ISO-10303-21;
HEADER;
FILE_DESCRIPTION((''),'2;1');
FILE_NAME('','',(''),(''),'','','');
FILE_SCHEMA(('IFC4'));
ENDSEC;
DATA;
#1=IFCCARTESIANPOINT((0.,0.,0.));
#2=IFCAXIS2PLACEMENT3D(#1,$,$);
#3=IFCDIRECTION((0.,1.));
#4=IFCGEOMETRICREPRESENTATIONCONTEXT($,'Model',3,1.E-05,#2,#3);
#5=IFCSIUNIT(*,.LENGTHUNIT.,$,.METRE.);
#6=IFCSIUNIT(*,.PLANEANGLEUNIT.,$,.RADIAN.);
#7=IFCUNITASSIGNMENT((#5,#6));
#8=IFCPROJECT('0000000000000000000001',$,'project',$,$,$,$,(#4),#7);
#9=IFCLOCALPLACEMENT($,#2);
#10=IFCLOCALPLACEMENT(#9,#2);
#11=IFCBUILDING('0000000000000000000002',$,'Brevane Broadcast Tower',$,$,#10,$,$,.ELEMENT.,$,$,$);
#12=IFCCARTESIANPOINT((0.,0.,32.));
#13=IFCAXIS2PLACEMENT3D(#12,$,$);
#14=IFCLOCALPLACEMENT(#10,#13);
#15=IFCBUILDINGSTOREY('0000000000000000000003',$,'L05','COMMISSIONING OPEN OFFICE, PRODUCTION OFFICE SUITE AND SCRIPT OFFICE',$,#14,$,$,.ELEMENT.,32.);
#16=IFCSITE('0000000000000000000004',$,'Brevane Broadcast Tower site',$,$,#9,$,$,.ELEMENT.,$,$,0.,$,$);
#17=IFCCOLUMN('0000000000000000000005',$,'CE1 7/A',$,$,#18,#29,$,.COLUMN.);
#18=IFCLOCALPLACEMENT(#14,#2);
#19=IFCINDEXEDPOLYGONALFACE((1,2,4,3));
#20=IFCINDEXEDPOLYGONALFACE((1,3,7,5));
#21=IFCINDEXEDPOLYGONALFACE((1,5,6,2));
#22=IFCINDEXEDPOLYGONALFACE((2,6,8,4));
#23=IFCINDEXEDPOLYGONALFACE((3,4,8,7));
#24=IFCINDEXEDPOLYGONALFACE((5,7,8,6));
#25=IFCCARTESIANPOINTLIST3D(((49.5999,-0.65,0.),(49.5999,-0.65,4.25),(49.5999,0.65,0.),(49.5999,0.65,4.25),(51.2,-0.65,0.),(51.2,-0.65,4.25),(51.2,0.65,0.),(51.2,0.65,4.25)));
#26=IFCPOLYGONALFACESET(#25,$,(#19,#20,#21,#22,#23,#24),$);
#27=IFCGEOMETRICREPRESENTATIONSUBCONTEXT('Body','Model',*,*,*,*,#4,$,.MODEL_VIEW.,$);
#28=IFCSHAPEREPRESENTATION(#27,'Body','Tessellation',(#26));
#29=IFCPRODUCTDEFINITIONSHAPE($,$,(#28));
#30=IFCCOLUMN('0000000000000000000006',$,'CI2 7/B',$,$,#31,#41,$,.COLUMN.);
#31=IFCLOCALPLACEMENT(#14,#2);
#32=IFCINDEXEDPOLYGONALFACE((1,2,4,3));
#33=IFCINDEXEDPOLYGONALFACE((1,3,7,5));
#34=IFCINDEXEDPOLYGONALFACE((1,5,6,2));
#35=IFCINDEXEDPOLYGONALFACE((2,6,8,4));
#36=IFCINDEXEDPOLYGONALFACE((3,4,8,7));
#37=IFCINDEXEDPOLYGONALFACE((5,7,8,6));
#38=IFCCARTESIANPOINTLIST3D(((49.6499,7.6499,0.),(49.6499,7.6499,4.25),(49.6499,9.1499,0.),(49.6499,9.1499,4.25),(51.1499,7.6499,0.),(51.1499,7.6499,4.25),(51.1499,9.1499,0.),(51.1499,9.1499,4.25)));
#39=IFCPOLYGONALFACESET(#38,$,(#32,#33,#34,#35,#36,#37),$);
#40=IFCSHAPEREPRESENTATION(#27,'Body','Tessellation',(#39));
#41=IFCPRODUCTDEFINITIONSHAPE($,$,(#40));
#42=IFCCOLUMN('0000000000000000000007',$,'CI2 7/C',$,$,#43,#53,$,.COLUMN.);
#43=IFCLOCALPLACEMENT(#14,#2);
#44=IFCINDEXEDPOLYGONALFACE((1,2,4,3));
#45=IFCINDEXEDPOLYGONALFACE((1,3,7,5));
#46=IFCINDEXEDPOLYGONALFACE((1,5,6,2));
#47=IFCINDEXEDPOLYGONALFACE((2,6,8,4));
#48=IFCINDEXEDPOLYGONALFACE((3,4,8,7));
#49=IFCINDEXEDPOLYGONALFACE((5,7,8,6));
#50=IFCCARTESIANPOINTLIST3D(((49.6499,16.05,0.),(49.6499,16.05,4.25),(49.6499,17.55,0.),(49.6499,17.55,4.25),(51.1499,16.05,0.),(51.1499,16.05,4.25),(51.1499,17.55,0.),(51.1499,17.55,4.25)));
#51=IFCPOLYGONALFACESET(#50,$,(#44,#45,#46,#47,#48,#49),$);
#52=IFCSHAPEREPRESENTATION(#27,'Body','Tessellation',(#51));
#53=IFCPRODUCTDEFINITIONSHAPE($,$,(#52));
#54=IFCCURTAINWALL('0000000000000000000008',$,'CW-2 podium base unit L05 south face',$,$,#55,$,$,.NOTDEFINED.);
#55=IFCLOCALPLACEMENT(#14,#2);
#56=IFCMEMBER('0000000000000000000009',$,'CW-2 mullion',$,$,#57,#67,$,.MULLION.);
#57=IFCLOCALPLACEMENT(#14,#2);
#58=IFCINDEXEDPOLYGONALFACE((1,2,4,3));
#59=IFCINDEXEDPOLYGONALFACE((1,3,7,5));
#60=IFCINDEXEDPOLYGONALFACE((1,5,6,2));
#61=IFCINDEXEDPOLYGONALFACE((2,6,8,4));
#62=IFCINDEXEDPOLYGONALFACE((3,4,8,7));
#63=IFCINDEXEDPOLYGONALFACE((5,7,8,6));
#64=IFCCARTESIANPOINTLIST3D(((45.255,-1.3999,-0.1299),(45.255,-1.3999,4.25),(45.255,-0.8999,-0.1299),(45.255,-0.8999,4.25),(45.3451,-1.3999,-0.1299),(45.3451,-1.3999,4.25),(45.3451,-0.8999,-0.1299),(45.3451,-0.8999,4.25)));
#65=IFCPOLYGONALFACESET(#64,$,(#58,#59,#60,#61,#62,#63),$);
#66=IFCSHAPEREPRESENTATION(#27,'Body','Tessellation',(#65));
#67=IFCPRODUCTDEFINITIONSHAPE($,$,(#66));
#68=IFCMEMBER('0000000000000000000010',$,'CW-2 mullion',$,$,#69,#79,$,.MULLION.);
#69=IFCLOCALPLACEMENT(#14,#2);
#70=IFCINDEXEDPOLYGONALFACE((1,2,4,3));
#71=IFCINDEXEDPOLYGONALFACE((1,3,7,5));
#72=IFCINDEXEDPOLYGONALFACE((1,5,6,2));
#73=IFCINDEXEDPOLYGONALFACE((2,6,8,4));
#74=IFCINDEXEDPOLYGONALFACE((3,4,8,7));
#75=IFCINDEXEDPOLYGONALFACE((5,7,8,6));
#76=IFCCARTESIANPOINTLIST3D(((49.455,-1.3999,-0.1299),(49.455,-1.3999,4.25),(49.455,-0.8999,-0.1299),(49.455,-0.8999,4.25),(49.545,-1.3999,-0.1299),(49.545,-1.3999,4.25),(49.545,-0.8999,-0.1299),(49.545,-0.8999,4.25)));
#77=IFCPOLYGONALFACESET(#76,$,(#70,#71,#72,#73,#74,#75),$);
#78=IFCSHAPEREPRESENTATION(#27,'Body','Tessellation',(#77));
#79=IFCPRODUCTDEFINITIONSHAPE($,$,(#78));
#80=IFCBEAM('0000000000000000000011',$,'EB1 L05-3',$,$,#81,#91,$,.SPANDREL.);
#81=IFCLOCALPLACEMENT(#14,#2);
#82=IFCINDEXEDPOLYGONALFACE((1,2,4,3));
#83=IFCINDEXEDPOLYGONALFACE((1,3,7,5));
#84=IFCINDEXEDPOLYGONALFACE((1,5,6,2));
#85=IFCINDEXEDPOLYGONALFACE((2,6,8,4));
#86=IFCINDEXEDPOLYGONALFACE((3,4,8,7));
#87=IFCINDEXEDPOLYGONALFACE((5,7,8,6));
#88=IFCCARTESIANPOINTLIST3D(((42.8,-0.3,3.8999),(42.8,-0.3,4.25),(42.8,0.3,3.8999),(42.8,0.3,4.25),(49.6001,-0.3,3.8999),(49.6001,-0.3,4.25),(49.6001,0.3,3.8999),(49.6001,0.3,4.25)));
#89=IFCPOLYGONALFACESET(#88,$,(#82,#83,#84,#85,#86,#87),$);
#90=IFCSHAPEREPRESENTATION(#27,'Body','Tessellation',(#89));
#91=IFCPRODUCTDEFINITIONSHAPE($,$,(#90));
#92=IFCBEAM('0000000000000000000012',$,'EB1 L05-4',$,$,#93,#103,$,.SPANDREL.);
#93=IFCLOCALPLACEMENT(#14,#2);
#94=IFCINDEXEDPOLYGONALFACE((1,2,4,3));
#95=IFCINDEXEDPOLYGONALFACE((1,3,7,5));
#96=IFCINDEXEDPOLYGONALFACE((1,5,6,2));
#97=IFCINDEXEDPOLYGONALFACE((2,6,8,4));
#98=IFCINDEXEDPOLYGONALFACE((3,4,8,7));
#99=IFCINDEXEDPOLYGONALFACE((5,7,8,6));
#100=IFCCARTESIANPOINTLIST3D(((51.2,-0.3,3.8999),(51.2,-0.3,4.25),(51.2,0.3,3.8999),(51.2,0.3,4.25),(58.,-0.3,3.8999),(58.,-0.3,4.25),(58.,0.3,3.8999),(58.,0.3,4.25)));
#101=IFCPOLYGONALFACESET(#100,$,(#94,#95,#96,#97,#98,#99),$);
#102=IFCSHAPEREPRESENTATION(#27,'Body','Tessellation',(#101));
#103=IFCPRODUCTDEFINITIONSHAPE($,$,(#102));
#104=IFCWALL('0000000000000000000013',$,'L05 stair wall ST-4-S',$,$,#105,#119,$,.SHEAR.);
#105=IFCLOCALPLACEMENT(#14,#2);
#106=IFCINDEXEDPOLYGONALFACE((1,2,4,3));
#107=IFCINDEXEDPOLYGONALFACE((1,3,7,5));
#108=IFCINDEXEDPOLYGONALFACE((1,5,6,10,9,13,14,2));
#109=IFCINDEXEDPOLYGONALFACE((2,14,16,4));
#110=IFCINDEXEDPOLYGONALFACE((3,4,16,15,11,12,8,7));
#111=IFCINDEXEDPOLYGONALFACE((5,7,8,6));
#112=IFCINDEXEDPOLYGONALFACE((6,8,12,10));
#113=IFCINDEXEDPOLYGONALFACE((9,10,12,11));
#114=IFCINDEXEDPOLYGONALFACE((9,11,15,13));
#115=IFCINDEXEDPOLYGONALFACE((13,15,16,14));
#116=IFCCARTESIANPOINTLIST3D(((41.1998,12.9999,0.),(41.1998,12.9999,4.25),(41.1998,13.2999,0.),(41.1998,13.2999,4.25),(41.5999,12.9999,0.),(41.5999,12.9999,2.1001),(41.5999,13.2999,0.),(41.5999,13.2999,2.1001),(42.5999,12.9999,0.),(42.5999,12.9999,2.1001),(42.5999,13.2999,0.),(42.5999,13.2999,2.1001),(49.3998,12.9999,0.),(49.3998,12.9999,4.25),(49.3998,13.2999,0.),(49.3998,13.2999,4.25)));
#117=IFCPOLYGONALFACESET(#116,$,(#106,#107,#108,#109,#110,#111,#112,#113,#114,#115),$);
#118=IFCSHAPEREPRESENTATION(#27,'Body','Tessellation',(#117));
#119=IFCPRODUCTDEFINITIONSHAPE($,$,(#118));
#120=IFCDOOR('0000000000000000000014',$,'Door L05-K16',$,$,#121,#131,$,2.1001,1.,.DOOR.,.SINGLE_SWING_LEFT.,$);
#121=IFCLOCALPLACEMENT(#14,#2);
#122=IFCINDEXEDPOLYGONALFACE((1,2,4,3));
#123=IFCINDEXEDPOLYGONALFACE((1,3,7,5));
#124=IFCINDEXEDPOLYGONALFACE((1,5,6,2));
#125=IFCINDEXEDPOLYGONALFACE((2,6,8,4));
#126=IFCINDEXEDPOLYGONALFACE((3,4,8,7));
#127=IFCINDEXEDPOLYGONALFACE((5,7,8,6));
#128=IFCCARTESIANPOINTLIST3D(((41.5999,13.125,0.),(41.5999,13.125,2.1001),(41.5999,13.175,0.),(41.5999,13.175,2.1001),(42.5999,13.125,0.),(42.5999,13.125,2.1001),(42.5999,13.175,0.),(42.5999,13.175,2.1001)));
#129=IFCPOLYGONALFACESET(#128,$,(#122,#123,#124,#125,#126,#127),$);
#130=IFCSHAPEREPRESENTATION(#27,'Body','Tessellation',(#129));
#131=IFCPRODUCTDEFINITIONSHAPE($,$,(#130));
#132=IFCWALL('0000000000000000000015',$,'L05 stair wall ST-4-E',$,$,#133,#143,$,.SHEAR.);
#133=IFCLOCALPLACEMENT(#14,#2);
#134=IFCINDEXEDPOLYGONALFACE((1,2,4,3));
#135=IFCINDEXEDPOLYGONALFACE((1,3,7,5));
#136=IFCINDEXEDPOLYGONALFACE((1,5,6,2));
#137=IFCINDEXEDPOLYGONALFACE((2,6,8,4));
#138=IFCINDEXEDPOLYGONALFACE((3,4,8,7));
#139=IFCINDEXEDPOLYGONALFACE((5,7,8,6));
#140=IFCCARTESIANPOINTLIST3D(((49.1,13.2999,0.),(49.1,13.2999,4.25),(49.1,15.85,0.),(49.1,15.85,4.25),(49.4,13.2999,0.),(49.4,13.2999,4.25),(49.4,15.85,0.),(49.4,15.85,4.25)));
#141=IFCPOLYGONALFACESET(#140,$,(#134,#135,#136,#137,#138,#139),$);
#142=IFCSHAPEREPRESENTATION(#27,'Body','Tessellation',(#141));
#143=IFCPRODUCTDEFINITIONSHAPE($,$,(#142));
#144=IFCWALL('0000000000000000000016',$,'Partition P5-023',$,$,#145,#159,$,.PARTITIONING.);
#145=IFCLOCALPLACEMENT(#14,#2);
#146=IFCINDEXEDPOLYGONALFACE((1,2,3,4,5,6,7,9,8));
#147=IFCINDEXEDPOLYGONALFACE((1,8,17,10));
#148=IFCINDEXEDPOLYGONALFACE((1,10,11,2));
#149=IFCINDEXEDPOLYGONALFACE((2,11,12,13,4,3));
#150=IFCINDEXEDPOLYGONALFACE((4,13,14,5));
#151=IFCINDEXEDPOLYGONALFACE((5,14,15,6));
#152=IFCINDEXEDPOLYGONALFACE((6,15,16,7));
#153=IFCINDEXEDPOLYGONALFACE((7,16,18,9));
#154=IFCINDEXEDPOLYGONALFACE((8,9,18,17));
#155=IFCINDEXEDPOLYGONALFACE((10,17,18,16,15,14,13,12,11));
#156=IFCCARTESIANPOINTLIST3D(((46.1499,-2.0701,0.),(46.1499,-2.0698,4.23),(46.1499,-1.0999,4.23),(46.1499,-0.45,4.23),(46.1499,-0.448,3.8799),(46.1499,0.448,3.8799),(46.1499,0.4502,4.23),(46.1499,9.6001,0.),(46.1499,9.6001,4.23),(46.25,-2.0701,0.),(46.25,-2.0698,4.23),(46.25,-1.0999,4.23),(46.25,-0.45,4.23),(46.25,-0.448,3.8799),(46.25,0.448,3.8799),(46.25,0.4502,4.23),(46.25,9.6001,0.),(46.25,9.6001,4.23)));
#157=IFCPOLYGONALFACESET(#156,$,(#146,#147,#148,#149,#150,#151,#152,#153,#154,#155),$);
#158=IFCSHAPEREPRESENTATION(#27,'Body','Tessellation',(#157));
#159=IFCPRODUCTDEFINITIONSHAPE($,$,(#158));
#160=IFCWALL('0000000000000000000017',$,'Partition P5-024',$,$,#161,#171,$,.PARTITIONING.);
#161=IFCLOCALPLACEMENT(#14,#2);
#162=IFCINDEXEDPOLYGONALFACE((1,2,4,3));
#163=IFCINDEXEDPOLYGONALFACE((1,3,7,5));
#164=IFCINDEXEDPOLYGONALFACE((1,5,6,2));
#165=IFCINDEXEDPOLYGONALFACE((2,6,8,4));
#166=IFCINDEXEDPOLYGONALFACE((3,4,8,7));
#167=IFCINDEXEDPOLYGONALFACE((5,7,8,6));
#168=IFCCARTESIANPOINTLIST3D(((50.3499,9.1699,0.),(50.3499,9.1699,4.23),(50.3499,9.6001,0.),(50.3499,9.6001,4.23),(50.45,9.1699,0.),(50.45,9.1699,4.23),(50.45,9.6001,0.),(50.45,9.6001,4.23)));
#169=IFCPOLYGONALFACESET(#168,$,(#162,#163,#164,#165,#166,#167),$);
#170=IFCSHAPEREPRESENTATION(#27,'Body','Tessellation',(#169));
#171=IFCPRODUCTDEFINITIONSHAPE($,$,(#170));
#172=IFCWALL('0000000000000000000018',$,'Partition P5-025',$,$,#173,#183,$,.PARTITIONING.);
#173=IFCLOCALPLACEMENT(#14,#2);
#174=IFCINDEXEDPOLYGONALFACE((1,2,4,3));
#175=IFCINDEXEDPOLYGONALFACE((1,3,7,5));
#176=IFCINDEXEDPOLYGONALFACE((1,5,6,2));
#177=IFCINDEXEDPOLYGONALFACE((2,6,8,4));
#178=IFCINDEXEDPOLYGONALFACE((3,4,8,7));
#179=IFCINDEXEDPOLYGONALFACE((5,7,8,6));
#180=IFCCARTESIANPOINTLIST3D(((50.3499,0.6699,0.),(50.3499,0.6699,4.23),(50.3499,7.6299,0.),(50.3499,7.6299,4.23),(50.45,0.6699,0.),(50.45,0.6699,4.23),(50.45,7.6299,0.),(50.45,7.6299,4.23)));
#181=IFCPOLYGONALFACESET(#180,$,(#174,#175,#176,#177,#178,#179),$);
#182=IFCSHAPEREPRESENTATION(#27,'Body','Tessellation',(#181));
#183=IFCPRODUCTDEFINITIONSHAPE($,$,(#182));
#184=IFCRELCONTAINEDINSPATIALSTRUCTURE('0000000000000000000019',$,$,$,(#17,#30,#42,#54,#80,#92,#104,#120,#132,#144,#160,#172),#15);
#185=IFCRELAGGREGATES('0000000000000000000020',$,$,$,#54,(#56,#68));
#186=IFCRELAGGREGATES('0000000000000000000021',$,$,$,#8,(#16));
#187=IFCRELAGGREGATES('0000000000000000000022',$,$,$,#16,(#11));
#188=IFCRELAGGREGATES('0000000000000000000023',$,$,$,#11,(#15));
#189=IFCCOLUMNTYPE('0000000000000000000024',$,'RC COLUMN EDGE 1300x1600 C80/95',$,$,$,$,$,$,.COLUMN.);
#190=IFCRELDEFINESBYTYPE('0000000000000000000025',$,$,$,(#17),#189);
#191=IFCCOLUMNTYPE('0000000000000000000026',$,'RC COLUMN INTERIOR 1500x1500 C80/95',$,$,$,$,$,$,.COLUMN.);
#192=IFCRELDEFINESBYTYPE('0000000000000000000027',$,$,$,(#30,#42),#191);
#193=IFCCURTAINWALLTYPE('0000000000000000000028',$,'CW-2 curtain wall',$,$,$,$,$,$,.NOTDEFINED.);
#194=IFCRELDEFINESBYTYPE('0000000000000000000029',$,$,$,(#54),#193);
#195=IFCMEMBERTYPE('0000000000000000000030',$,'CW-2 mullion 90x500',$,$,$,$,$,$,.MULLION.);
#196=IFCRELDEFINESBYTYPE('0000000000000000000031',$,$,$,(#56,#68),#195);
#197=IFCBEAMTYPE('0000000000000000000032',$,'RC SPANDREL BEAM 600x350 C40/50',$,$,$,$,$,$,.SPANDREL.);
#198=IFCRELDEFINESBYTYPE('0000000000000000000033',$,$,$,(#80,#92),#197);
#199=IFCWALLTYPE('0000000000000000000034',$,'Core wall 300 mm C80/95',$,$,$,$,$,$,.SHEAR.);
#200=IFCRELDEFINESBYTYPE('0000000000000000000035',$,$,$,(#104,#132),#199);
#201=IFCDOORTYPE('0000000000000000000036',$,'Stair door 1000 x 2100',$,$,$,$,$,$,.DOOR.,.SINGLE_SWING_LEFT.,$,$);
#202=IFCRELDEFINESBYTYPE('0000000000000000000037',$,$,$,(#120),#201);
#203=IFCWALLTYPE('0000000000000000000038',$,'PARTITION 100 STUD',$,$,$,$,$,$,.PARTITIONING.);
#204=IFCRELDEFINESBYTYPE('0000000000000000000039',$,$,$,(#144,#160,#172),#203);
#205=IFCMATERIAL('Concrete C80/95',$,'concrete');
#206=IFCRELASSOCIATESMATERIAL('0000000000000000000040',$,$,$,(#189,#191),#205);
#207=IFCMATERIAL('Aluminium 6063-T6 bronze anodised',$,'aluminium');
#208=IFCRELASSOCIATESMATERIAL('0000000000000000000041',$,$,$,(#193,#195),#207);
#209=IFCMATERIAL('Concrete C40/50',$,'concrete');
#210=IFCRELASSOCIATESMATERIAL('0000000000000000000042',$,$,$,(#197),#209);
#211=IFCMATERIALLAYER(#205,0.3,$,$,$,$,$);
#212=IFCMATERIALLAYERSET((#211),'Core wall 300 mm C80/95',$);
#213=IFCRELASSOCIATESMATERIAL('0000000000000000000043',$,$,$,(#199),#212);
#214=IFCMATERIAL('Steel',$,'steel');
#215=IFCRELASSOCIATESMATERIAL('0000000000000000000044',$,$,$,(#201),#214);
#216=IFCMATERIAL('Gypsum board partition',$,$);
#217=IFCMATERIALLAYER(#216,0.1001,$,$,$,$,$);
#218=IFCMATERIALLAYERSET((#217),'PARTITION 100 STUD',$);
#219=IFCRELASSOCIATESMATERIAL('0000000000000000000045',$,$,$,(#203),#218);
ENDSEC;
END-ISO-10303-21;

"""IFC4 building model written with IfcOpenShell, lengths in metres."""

from ifc_helpers import new_model, si_unit, direction, frame, frame_2d, origin, origin_2d, place, context, subcontext, project, spatial, polyline, rectangle, outline, extrude, material, layer, layer_set, material_profile, profile_set, type_object, element, fill, aggregate, save


model = new_model("IFC4")

# Units and contexts
model_context = context("Model", 3, precision=1e-05, world=origin(), true_north=direction((0.0, 1.0)))
body_context = subcontext(model_context, "Body", "Model", "MODEL_VIEW")
ifc_project = project(units=[si_unit("LENGTHUNIT", "METRE"), si_unit("PLANEANGLEUNIT", "RADIAN")], contexts=[model_context])

# Site, building, storey
site_placement = place(None, origin())
site = spatial("IfcSite", under=ifc_project, at=site_placement, Name="Brevane Broadcast Tower site", CompositionType="ELEMENT", RefElevation=0.0)
building_placement = place(site_placement, origin())
building = spatial("IfcBuilding", under=site, at=building_placement, Name="Brevane Broadcast Tower", CompositionType="ELEMENT")
storey_placement = place(building_placement, frame((0.0, 0.0, 32.0)))
storey = spatial("IfcBuildingStorey", under=building, at=storey_placement, Name="L05", Description="COMMISSIONING OPEN OFFICE, PRODUCTION OFFICE SUITE AND SCRIPT OFFICE", CompositionType="ELEMENT", Elevation=32.0)

# Columns
ifc_material_1 = material(Name="Concrete C80/95", Category="concrete")
ifc_material_profile_1 = material_profile(ifc_material_1, rectangle(XDim=1.3, YDim=1.6001, at=origin_2d()), Name="RC 1300x1600")
ifc_profile_set_1 = profile_set([ifc_material_profile_1], Name="Concrete C80/95")
column_type_1 = type_object("IfcColumnType", Name="RC COLUMN EDGE 1300x1600 C80/95", PredefinedType="COLUMN", material=ifc_profile_set_1)
column_placement = place(storey_placement, frame((50.3999, 0.0, 0.0), z_axis=(0.0, 0.0, 1.0), x_axis=(0.0, 1.0, 0.0)))
element("IfcColumn", 1, at=column_placement, inside=storey, type_object=column_type_1, Name="CE1 7/A", PredefinedType="COLUMN", context=body_context, shape_type="SweptSolid", body=[
    extrude(rectangle(XDim=1.3, YDim=1.6001, at=origin_2d()), origin(), (0.0, 0.0, 1.0), 4.25),
])
ifc_material_profile_2 = material_profile(ifc_material_1, rectangle(XDim=1.5, YDim=1.5, at=origin_2d()), Name="RC 1500x1500")
ifc_profile_set_2 = profile_set([ifc_material_profile_2], Name="Concrete C80/95")
column_type_2 = type_object("IfcColumnType", Name="RC COLUMN INTERIOR 1500x1500 C80/95", PredefinedType="COLUMN", material=ifc_profile_set_2)
for number, where, z_axis, x_axis, name in (
    (2, (50.3999, 8.3999, 0.0), (0.0, 0.0, 1.0), (1.0, 0.0, 0.0), "CI2 7/B"),
    (3, (50.3999, 16.8, 0.0), (0.0, 0.0, 1.0), (1.0, 0.0, 0.0), "CI2 7/C"),
):
    element("IfcColumn", number, at=place(storey_placement, frame(where, z_axis=z_axis, x_axis=x_axis)), inside=storey, type_object=column_type_2, Name=name, PredefinedType="COLUMN", context=body_context, shape_type="SweptSolid", body=[
        extrude(rectangle(XDim=1.5, YDim=1.5, at=origin_2d()), origin(), (0.0, 0.0, 1.0), 4.25),
    ])

# Curtain wall, members
ifc_material_2 = material(Name="Aluminium 6063-T6 bronze anodised", Category="aluminium")
curtain_wall_type = type_object("IfcCurtainWallType", Name="CW-2 curtain wall", PredefinedType="NOTDEFINED", material=ifc_material_2)
curtain_wall_placement = place(storey_placement, origin())
curtain_wall = element("IfcCurtainWall", 4, at=curtain_wall_placement, inside=storey, type_object=curtain_wall_type, Name="CW-2 podium base unit L05 south face", PredefinedType="NOTDEFINED")
ifc_material_profile_3 = material_profile(ifc_material_2, rectangle(XDim=0.5, YDim=0.0901, at=origin_2d()), Name="RECT 90x500")
ifc_profile_set_3 = profile_set([ifc_material_profile_3], Name="Aluminium 6063-T6 bronze anodised")
member_type = type_object("IfcMemberType", Name="CW-2 mullion 90x500", PredefinedType="MULLION", material=ifc_profile_set_3)
member_1_placement = place(storey_placement, frame((45.3, -1.1499, -0.1299), z_axis=(0.0, 0.0, 1.0), x_axis=(0.0, 1.0, 0.0)))
member_1 = element("IfcMember", 5, at=member_1_placement, type_object=member_type, Name="CW-2 mullion", PredefinedType="MULLION", context=body_context, shape_type="SweptSolid", body=[
    extrude(rectangle(XDim=0.5, YDim=0.0901, at=origin_2d()), origin(), (0.0, 0.0, 1.0), 4.3799),
])
member_2_placement = place(storey_placement, frame((49.5, -1.1499, -0.1299), z_axis=(0.0, 0.0, 1.0), x_axis=(0.0, 1.0, 0.0)))
member_2 = element("IfcMember", 6, at=member_2_placement, type_object=member_type, Name="CW-2 mullion", PredefinedType="MULLION", context=body_context, shape_type="SweptSolid", body=[
    extrude(rectangle(XDim=0.5, YDim=0.0901, at=origin_2d()), origin(), (0.0, 0.0, 1.0), 4.3799),
])
aggregate(curtain_wall, [member_1, member_2])

# Beams
ifc_material_3 = material(Name="Concrete C40/50", Category="concrete")
ifc_material_profile_4 = material_profile(ifc_material_3, rectangle(XDim=0.6001, YDim=0.3501, at=origin_2d()), Name="RC 600x350")
ifc_profile_set_4 = profile_set([ifc_material_profile_4], Name="Concrete C40/50")
beam_type = type_object("IfcBeamType", Name="RC SPANDREL BEAM 600x350 C40/50", PredefinedType="SPANDREL", material=ifc_profile_set_4)
for number, where, z_axis, x_axis, name in (
    (7, (42.8, 0.0, 4.075), (1.0, 0.0, 0.0), (0.0, 1.0, 0.0), "EB1 L05-3"),
    (8, (51.2, 0.0, 4.075), (1.0, 0.0, 0.0), (0.0, 1.0, 0.0), "EB1 L05-4"),
):
    element("IfcBeam", number, at=place(storey_placement, frame(where, z_axis=z_axis, x_axis=x_axis)), inside=storey, type_object=beam_type, Name=name, PredefinedType="SPANDREL", context=body_context, shape_type="SweptSolid", body=[
        extrude(rectangle(XDim=0.6001, YDim=0.3501, at=origin_2d()), origin(), (0.0, 0.0, 1.0), 6.8),
    ])

# Wall, opening, door
ifc_layer_1 = layer(ifc_material_1, 0.3)
ifc_layer_set_1 = layer_set([ifc_layer_1], Name="Core wall 300 mm C80/95")
wall_type_1 = type_object("IfcWallType", Name="Core wall 300 mm C80/95", PredefinedType="SHEAR", material=ifc_layer_set_1)
wall_1_placement = place(storey_placement, frame((49.3999, 13.1499, 0.0), z_axis=(0.0, 0.0, 1.0), x_axis=(-1.0, 0.0, 0.0)))
wall_1 = element("IfcWall", 9, at=wall_1_placement, inside=storey, type_object=wall_type_1, Name="L05 stair wall ST-4-S", PredefinedType="SHEAR", context=body_context, shape_type="SweptSolid", body=[
    extrude(rectangle(XDim=8.2, YDim=0.3, at=frame_2d((4.1001, 0.0))), origin(), (0.0, 0.0, 1.0), 4.25),
])
opening_1_placement = place(wall_1_placement, frame((6.8, 0.0, 0.0)))
opening_1 = element("IfcOpeningElement", 10, at=opening_1_placement, cuts=wall_1, PredefinedType="OPENING", context=body_context, shape_type="SweptSolid", body=[
    extrude(rectangle(XDim=1.0, YDim=2.1001, at=frame_2d((0.5, 1.05))), frame((0.0, 0.1599, 0.0), z_axis=(0.0, -1.0, 0.0), x_axis=(1.0, 0.0, 0.0)), (0.0, 0.0, 1.0), 0.3201),
])
ifc_material_4 = material(Name="Steel", Category="steel")
door_type_1 = type_object("IfcDoorType", Name="Stair door 1000 x 2100", OperationType="SINGLE_SWING_LEFT", PredefinedType="DOOR", material=ifc_material_4)
door_1_placement = place(opening_1_placement, origin())
door_1 = element("IfcDoor", 11, at=door_1_placement, inside=storey, type_object=door_type_1, Name="Door L05-K16", OperationType="SINGLE_SWING_LEFT", OverallHeight=2.1001, OverallWidth=1.0, PredefinedType="DOOR", context=body_context, shape_type="SweptSolid", body=[
    extrude(rectangle(XDim=1.0, YDim=2.1001, at=frame_2d((0.5, 1.05))), frame((0.0, 0.0249, 0.0), z_axis=(0.0, -1.0, 0.0), x_axis=(1.0, 0.0, 0.0)), (0.0, 0.0, 1.0), 0.05),
])
fill(opening_1, door_1)

# Walls
wall_2_placement = place(storey_placement, frame((49.25, 13.3, 0.0), z_axis=(0.0, 0.0, 1.0), x_axis=(0.0, 1.0, 0.0)))
element("IfcWall", 12, at=wall_2_placement, inside=storey, type_object=wall_type_1, Name="L05 stair wall ST-4-E", PredefinedType="SHEAR", context=body_context, shape_type="SweptSolid", body=[
    extrude(rectangle(XDim=2.55, YDim=0.3, at=frame_2d((1.2749, 0.0))), origin(), (0.0, 0.0, 1.0), 4.25),
])
ifc_material_5 = material(Name="Gypsum board partition")
ifc_layer_2 = layer(ifc_material_5, 0.1001)
ifc_layer_set_2 = layer_set([ifc_layer_2], Name="PARTITION 100 STUD")
wall_type_2 = type_object("IfcWallType", Name="PARTITION 100 STUD", PredefinedType="PARTITIONING", material=ifc_layer_set_2)
wall_3_placement = place(storey_placement, frame((46.2, 9.6001, 0.0), z_axis=(0.0, 0.0, 1.0), x_axis=(0.0, -1.0, 0.0)))
element("IfcWall", 13, at=wall_3_placement, inside=storey, type_object=wall_type_2, Name="Partition P5-023", PredefinedType="PARTITIONING", context=body_context, shape_type="SweptSolid", body=[
    extrude(outline(polyline([(0.0, 0.0), (11.6702, 0.0), (11.6699, 4.23), (10.7, 4.23), (10.05, 4.23), (10.0481, 3.8799), (9.1521, 3.8799), (9.1499, 4.23), (0.0, 4.23), (0.0, 0.0)])), frame((0.0, 0.05, 0.0), z_axis=(0.0, -1.0, 0.0), x_axis=(1.0, 0.0, 0.0)), (0.0, 0.0, 1.0), 0.1001),
])
wall_4_placement = place(storey_placement, frame((50.3999, 9.6001, 0.0), z_axis=(0.0, 0.0, 1.0), x_axis=(0.0, -1.0, 0.0)))
element("IfcWall", 14, at=wall_4_placement, inside=storey, type_object=wall_type_2, Name="Partition P5-024", PredefinedType="PARTITIONING", context=body_context, shape_type="SweptSolid", body=[
    extrude(rectangle(XDim=0.4302, YDim=0.1001, at=frame_2d((0.2151, 0.0))), origin(), (0.0, 0.0, 1.0), 4.23),
])
wall_5_placement = place(storey_placement, frame((50.3999, 7.6299, 0.0), z_axis=(0.0, 0.0, 1.0), x_axis=(0.0, -1.0, 0.0)))
element("IfcWall", 15, at=wall_5_placement, inside=storey, type_object=wall_type_2, Name="Partition P5-025", PredefinedType="PARTITIONING", context=body_context, shape_type="SweptSolid", body=[
    extrude(rectangle(XDim=6.96, YDim=0.1001, at=frame_2d((3.48, 0.0))), origin(), (0.0, 0.0, 1.0), 4.23),
])

save(model, "model.ifc")
